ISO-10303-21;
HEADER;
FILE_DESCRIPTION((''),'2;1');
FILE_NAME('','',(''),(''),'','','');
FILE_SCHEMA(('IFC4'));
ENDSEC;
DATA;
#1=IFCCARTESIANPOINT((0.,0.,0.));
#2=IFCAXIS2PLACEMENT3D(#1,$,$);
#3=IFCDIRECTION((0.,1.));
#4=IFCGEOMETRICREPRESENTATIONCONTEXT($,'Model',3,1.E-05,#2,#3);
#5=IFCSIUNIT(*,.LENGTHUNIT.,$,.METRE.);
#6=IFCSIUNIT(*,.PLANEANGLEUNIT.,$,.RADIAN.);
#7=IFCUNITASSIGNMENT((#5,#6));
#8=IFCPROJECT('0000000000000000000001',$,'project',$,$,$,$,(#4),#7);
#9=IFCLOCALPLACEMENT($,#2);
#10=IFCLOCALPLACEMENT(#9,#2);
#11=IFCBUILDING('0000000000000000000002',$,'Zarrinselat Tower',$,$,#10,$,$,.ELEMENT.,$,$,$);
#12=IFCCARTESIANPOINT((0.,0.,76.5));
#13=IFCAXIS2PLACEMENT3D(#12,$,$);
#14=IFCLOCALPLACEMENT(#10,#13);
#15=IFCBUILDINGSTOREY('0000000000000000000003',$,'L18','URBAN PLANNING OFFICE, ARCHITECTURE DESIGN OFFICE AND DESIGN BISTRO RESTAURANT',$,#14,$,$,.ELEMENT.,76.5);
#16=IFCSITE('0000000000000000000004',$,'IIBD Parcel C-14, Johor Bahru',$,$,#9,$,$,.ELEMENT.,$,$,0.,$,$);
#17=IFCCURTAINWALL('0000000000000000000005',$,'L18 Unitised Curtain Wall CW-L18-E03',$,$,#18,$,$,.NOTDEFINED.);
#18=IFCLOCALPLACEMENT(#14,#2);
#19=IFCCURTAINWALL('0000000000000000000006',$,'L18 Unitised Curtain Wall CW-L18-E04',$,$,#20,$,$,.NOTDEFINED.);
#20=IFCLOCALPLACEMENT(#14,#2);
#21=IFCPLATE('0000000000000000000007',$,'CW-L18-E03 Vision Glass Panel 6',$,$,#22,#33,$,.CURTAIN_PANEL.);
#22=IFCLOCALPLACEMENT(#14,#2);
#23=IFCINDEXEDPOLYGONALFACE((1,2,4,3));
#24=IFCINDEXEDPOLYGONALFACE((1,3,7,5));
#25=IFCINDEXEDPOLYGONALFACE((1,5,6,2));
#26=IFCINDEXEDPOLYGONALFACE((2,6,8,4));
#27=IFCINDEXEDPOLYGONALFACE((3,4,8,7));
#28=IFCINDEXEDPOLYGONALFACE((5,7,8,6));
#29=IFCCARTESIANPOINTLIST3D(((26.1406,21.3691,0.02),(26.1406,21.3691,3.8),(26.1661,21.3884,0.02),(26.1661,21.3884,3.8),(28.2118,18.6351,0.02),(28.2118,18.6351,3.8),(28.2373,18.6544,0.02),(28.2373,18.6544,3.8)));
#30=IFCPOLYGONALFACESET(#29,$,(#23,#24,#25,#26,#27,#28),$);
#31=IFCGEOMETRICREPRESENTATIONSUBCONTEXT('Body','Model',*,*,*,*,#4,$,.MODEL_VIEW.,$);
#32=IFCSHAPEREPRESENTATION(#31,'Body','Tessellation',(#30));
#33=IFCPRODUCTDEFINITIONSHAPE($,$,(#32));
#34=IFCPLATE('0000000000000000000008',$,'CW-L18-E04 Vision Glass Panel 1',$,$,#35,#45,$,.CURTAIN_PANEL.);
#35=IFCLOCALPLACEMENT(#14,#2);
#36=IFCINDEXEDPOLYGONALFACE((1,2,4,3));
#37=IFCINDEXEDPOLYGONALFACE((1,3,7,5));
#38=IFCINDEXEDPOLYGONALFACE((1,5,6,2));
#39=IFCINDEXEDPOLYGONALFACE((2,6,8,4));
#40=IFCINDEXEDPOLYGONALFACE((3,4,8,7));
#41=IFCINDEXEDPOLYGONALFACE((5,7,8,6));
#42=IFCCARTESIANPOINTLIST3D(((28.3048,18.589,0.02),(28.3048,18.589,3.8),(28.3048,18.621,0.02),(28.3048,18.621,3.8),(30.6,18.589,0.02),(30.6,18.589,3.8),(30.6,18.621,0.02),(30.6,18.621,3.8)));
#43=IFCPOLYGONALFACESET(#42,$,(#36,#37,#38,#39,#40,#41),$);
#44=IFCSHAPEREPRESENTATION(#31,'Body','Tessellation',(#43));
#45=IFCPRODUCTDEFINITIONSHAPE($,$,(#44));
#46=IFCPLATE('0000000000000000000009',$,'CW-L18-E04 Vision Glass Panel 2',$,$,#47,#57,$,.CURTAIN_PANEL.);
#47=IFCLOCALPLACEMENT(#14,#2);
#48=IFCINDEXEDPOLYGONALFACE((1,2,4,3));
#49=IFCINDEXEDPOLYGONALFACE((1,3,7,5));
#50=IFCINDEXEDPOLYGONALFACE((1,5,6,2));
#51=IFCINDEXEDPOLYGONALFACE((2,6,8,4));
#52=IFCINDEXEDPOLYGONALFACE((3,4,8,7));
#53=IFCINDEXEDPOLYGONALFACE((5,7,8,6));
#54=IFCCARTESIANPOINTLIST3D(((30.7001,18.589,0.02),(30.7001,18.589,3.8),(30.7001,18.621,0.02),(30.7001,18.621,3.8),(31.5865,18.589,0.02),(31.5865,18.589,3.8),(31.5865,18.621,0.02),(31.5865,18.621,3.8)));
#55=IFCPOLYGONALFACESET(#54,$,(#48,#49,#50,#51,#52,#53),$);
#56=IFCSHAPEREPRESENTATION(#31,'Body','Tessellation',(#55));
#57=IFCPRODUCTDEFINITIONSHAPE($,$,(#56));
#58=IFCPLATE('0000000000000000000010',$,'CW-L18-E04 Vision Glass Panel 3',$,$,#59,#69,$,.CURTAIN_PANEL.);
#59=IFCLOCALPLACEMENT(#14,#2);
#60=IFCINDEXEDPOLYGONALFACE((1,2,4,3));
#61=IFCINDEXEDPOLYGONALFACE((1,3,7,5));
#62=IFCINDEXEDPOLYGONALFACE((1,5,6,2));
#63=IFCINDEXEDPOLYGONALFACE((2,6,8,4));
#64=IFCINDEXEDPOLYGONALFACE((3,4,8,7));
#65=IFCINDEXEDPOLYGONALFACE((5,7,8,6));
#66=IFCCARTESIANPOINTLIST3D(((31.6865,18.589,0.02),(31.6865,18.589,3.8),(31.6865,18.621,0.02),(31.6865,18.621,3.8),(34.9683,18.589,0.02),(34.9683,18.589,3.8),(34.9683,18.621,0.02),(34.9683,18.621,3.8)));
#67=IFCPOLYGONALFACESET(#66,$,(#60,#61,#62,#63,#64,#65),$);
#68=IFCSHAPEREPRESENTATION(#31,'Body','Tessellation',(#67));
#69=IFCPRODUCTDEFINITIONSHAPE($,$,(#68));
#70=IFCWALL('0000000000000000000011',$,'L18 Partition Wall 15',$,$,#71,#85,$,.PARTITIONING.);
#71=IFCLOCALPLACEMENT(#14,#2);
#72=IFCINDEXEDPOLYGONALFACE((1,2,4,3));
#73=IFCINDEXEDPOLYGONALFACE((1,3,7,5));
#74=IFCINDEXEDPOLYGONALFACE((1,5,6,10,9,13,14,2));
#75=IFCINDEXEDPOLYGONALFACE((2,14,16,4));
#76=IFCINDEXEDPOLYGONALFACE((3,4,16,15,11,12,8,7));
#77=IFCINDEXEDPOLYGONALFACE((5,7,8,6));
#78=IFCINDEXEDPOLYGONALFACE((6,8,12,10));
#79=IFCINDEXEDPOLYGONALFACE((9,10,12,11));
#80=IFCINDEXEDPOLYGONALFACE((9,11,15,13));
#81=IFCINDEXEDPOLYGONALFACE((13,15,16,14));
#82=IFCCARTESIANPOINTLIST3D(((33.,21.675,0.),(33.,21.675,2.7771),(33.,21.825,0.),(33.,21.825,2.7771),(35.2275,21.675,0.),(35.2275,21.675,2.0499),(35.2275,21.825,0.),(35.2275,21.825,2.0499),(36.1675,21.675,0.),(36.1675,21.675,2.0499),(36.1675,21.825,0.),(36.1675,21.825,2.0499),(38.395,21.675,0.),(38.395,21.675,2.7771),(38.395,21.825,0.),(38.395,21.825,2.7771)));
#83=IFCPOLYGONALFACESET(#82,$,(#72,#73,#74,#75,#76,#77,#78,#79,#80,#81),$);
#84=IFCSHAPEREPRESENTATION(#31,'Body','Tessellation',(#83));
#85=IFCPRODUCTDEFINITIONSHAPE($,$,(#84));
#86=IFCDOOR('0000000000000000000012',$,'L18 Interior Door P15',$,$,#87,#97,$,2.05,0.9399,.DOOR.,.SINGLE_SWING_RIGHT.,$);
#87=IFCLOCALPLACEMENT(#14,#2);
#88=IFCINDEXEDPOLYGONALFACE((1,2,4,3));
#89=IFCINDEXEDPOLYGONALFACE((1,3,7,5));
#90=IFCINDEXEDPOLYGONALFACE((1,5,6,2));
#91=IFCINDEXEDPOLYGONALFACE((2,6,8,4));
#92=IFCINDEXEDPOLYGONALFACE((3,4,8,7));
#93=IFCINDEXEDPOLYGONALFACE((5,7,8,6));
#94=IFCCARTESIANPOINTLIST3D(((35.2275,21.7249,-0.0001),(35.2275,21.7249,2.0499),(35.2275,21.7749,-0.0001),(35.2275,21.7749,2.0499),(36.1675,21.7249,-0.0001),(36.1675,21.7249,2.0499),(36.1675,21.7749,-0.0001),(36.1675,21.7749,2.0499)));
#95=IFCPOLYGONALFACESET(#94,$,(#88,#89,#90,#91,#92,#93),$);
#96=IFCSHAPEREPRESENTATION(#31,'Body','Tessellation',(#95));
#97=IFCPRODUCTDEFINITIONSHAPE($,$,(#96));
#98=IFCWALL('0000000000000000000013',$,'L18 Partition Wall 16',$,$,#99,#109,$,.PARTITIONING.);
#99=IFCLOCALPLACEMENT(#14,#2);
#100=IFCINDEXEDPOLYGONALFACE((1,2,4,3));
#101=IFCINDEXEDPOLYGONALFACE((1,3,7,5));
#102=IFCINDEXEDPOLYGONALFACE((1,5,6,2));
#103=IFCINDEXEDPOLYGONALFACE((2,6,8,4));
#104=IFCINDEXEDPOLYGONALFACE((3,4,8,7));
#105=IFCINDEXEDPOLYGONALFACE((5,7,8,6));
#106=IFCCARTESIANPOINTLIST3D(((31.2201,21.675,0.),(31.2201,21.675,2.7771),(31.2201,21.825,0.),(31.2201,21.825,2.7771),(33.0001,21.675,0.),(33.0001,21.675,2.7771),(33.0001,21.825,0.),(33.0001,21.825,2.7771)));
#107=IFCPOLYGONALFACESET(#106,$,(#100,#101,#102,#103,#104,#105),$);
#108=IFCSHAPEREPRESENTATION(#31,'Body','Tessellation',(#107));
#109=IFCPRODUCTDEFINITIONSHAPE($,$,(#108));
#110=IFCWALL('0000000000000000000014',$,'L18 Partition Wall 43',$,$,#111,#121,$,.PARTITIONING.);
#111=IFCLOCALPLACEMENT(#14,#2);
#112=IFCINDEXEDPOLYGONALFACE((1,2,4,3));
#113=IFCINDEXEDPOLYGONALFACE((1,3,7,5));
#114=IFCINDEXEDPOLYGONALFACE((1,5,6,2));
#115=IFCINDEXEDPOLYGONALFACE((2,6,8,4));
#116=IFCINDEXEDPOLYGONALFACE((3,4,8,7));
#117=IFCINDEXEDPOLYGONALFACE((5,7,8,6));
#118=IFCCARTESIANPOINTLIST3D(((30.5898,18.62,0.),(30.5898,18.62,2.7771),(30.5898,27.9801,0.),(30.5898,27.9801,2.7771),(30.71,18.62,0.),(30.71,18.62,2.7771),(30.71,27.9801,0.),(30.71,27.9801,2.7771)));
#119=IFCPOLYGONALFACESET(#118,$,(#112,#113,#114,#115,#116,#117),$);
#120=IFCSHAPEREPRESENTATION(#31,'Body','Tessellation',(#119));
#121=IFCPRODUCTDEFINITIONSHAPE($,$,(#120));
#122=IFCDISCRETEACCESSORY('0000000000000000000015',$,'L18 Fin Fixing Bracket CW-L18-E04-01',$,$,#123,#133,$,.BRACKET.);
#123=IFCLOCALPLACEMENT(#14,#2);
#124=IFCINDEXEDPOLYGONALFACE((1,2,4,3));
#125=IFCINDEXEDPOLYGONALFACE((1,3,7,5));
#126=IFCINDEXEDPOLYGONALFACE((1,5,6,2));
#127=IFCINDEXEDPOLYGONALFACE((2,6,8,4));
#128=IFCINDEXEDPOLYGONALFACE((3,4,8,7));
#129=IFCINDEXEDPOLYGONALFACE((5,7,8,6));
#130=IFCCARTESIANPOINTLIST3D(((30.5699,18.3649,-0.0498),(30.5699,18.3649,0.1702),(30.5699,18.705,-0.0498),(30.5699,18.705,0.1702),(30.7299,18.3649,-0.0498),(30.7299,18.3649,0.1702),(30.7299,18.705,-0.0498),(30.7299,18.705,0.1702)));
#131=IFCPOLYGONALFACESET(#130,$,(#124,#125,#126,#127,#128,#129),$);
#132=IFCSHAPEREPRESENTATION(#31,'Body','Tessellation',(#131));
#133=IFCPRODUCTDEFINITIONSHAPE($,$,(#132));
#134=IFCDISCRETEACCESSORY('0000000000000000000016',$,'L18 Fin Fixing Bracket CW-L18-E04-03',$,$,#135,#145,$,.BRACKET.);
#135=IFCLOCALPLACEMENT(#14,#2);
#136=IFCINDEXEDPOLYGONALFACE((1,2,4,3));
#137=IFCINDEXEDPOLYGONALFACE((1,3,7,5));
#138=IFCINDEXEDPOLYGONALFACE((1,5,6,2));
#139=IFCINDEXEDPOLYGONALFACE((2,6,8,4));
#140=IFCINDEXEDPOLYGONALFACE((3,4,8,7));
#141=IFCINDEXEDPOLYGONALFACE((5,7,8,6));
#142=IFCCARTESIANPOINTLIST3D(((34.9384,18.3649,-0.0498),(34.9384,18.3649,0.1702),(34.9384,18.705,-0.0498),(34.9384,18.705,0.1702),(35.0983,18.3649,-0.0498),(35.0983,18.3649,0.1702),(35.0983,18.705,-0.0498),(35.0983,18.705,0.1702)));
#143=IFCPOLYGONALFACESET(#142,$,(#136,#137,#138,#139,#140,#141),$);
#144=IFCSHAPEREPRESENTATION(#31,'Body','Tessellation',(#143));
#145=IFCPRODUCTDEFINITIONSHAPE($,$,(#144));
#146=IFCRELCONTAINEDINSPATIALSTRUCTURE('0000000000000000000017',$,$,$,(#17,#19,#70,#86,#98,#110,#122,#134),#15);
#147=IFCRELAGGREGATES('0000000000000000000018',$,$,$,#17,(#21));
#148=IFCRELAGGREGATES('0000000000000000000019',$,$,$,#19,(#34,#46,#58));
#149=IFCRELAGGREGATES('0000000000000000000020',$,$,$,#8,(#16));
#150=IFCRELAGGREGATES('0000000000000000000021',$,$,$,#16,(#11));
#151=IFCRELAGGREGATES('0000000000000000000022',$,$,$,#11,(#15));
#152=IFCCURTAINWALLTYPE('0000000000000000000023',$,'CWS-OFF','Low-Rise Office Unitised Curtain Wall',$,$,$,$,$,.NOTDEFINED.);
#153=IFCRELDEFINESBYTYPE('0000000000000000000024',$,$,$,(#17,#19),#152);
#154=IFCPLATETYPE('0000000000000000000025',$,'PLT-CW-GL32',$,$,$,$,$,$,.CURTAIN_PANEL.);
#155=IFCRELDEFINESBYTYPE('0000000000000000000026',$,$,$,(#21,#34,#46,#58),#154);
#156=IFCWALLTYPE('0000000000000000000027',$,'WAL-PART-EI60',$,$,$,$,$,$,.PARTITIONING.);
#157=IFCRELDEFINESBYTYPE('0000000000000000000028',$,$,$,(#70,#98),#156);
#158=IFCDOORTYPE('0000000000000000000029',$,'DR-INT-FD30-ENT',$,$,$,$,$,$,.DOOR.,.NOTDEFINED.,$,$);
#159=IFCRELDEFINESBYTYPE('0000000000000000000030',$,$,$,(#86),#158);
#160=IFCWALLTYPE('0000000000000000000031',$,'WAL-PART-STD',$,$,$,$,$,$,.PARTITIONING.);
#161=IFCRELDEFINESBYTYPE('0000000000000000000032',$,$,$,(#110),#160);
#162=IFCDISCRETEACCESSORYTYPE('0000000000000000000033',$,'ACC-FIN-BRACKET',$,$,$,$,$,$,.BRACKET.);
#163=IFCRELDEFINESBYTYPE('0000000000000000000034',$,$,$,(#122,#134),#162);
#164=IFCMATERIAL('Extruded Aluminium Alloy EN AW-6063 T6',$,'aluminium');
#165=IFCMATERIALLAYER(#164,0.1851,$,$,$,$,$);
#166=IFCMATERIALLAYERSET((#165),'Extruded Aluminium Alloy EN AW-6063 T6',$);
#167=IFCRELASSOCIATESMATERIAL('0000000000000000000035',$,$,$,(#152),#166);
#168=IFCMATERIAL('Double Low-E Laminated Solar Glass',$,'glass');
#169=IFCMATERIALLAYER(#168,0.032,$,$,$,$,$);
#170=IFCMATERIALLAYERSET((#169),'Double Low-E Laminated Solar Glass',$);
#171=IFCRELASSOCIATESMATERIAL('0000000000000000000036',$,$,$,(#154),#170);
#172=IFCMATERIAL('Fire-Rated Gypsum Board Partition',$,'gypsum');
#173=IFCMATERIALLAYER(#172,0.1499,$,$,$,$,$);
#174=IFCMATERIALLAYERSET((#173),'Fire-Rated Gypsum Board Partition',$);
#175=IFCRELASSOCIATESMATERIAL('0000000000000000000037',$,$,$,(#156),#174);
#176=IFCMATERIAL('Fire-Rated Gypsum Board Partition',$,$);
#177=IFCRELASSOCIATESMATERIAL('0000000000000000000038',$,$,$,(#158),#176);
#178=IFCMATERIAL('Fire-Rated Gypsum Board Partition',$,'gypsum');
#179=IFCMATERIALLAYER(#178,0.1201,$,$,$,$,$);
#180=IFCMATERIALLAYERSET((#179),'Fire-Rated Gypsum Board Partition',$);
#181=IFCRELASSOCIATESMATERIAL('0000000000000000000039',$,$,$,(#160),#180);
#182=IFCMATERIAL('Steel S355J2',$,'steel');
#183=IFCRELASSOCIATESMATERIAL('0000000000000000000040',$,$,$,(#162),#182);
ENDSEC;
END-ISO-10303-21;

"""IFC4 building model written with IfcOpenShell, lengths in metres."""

from ifc_helpers import new_model, si_unit, direction, frame, frame_2d, origin, origin_2d, place, context, subcontext, project, spatial, rectangle, extrude, material, layer, layer_set, type_object, element, fill, aggregate, save


model = new_model("IFC4")

# Units and contexts
model_context = context("Model", 3, precision=1e-05, world=origin(), true_north=direction((0.0, 1.0)))
body_context = subcontext(model_context, "Body", "Model", "MODEL_VIEW")
ifc_project = project(units=[si_unit("LENGTHUNIT", "METRE"), si_unit("PLANEANGLEUNIT", "RADIAN")], contexts=[model_context])

# Site, building, storey
site_placement = place(None, origin())
site = spatial("IfcSite", under=ifc_project, at=site_placement, Name="IIBD Parcel C-14, Johor Bahru", CompositionType="ELEMENT", RefElevation=0.0)
building_placement = place(site_placement, origin())
building = spatial("IfcBuilding", under=site, at=building_placement, Name="Zarrinselat Tower", CompositionType="ELEMENT")
storey_placement = place(building_placement, frame((0.0, 0.0, 76.5)))
storey = spatial("IfcBuildingStorey", under=building, at=storey_placement, Name="L18", Description="URBAN PLANNING OFFICE, ARCHITECTURE DESIGN OFFICE AND DESIGN BISTRO RESTAURANT", CompositionType="ELEMENT", Elevation=76.5)

# Curtain wall
ifc_material_1 = material(Name="Extruded Aluminium Alloy EN AW-6063 T6", Category="aluminium")
ifc_layer_1 = layer(ifc_material_1, 0.1851)
ifc_layer_set_1 = layer_set([ifc_layer_1], Name="Extruded Aluminium Alloy EN AW-6063 T6")
curtain_wall_type = type_object("IfcCurtainWallType", Name="CWS-OFF", Description="Low-Rise Office Unitised Curtain Wall", PredefinedType="NOTDEFINED", material=ifc_layer_set_1)
curtain_wall_1_placement = place(storey_placement, origin())
curtain_wall_1 = element("IfcCurtainWall", 1, at=curtain_wall_1_placement, inside=storey, type_object=curtain_wall_type, Name="L18 Unitised Curtain Wall CW-L18-E03", PredefinedType="NOTDEFINED")

# Curtain wall
curtain_wall_2_placement = place(storey_placement, origin())
curtain_wall_2 = element("IfcCurtainWall", 2, at=curtain_wall_2_placement, inside=storey, type_object=curtain_wall_type, Name="L18 Unitised Curtain Wall CW-L18-E04", PredefinedType="NOTDEFINED")

# Plates
ifc_material_2 = material(Name="Double Low-E Laminated Solar Glass", Category="glass")
ifc_layer_2 = layer(ifc_material_2, 0.032)
ifc_layer_set_2 = layer_set([ifc_layer_2], Name="Double Low-E Laminated Solar Glass")
plate_type = type_object("IfcPlateType", Name="PLT-CW-GL32", PredefinedType="CURTAIN_PANEL", material=ifc_layer_set_2)
plate_1_placement = place(storey_placement, frame((27.189, 20.0117, 0.02), z_axis=(0.0, 0.0, 1.0), x_axis=(0.603855, -0.797094, 0.0)))
plate_1 = element("IfcPlate", 3, at=plate_1_placement, type_object=plate_type, Name="CW-L18-E03 Vision Glass Panel 6", PredefinedType="CURTAIN_PANEL", context=body_context, shape_type="SweptSolid", body=[
    extrude(rectangle(XDim=3.4299, YDim=0.032, at=origin_2d()), origin(), (0.0, 0.0, 1.0), 3.78),
])
aggregate(curtain_wall_1, [plate_1])
plate_2_placement = place(storey_placement, frame((29.4524, 18.605, 0.02), z_axis=(0.0, 0.0, 1.0), x_axis=(1.0, 0.0, 0.0)))
plate_2 = element("IfcPlate", 4, at=plate_2_placement, type_object=plate_type, Name="CW-L18-E04 Vision Glass Panel 1", PredefinedType="CURTAIN_PANEL", context=body_context, shape_type="SweptSolid", body=[
    extrude(rectangle(XDim=2.2952, YDim=0.032, at=origin_2d()), origin(), (0.0, 0.0, 1.0), 3.78),
])
plate_3_placement = place(storey_placement, frame((31.1433, 18.605, 0.02), z_axis=(0.0, 0.0, 1.0), x_axis=(1.0, 0.0, 0.0)))
plate_3 = element("IfcPlate", 5, at=plate_3_placement, type_object=plate_type, Name="CW-L18-E04 Vision Glass Panel 2", PredefinedType="CURTAIN_PANEL", context=body_context, shape_type="SweptSolid", body=[
    extrude(rectangle(XDim=0.8865, YDim=0.032, at=origin_2d()), origin(), (0.0, 0.0, 1.0), 3.78),
])
plate_4_placement = place(storey_placement, frame((33.3274, 18.605, 0.02), z_axis=(0.0, 0.0, 1.0), x_axis=(1.0, 0.0, 0.0)))
plate_4 = element("IfcPlate", 6, at=plate_4_placement, type_object=plate_type, Name="CW-L18-E04 Vision Glass Panel 3", PredefinedType="CURTAIN_PANEL", context=body_context, shape_type="SweptSolid", body=[
    extrude(rectangle(XDim=3.2817, YDim=0.032, at=origin_2d()), origin(), (0.0, 0.0, 1.0), 3.78),
])
aggregate(curtain_wall_2, [plate_2, plate_3, plate_4])

# Wall, opening, door
ifc_material_3 = material(Name="Fire-Rated Gypsum Board Partition", Category="gypsum")
ifc_layer_3 = layer(ifc_material_3, 0.1499)
ifc_layer_set_3 = layer_set([ifc_layer_3], Name="Fire-Rated Gypsum Board Partition")
wall_type_1 = type_object("IfcWallType", Name="WAL-PART-EI60", PredefinedType="PARTITIONING", material=ifc_layer_set_3)
wall_1_placement = place(storey_placement, frame((33.0, 21.75, 0.0), z_axis=(0.0, 0.0, 1.0), x_axis=(1.0, 0.0, 0.0)))
wall_1 = element("IfcWall", 7, at=wall_1_placement, inside=storey, type_object=wall_type_1, Name="L18 Partition Wall 15", PredefinedType="PARTITIONING", context=body_context, shape_type="SweptSolid", body=[
    extrude(rectangle(XDim=5.395, YDim=0.1499, at=frame_2d((2.6975, 0.0))), origin(), (0.0, 0.0, 1.0), 2.7771),
])
opening_placement = place(wall_1_placement, frame((2.2275, 0.0, 0.0)))
opening = element("IfcOpeningElement", 8, at=opening_placement, cuts=wall_1, PredefinedType="OPENING", context=body_context, shape_type="SweptSolid", body=[
    extrude(rectangle(XDim=0.9399, YDim=2.05, at=frame_2d((0.47, 1.0249))), frame((0.0, 0.085, 0.0), z_axis=(0.0, -1.0, 0.0), x_axis=(1.0, 0.0, 0.0)), (0.0, 0.0, 1.0), 0.1699),
])
ifc_material_4 = material(Name="Fire-Rated Gypsum Board Partition")
door_type = type_object("IfcDoorType", Name="DR-INT-FD30-ENT", OperationType="NOTDEFINED", PredefinedType="DOOR", material=ifc_material_4)
door_placement = place(opening_placement, origin())
door = element("IfcDoor", 9, at=door_placement, inside=storey, type_object=door_type, Name="L18 Interior Door P15", OperationType="SINGLE_SWING_RIGHT", OverallHeight=2.05, OverallWidth=0.9399, PredefinedType="DOOR", context=body_context, shape_type="SweptSolid", body=[
    extrude(rectangle(XDim=0.9399, YDim=2.05, at=frame_2d((0.47, 1.0249))), frame((0.0, 0.0249, 0.0), z_axis=(0.0, -1.0, 0.0), x_axis=(1.0, 0.0, 0.0)), (0.0, 0.0, 1.0), 0.05),
])
fill(opening, door)

# Walls
wall_2_placement = place(storey_placement, frame((31.22, 21.75, 0.0), z_axis=(0.0, 0.0, 1.0), x_axis=(1.0, 0.0, 0.0)))
element("IfcWall", 10, at=wall_2_placement, inside=storey, type_object=wall_type_1, Name="L18 Partition Wall 16", PredefinedType="PARTITIONING", context=body_context, shape_type="SweptSolid", body=[
    extrude(rectangle(XDim=1.78, YDim=0.1499, at=frame_2d((0.8901, 0.0))), origin(), (0.0, 0.0, 1.0), 2.7771),
])
ifc_material_5 = material(Name="Fire-Rated Gypsum Board Partition", Category="gypsum")
ifc_layer_4 = layer(ifc_material_5, 0.1201)
ifc_layer_set_4 = layer_set([ifc_layer_4], Name="Fire-Rated Gypsum Board Partition")
wall_type_2 = type_object("IfcWallType", Name="WAL-PART-STD", PredefinedType="PARTITIONING", material=ifc_layer_set_4)
wall_3_placement = place(storey_placement, frame((30.6499, 18.6199, 0.0), z_axis=(0.0, 0.0, 1.0), x_axis=(0.0, 1.0, 0.0)))
element("IfcWall", 11, at=wall_3_placement, inside=storey, type_object=wall_type_2, Name="L18 Partition Wall 43", PredefinedType="PARTITIONING", context=body_context, shape_type="SweptSolid", body=[
    extrude(rectangle(XDim=9.3601, YDim=0.1201, at=frame_2d((4.6802, 0.0))), origin(), (0.0, 0.0, 1.0), 2.7771),
])

# Discrete accessories
ifc_material_6 = material(Name="Steel S355J2", Category="steel")
discrete_accessory_type = type_object("IfcDiscreteAccessoryType", Name="ACC-FIN-BRACKET", PredefinedType="BRACKET", material=ifc_material_6)
for number, where, z_axis, x_axis, name in (
    (12, (30.6499, 18.5349, -0.0498), (0.0, 0.0, 1.0), (0.0, -1.0, 0.0), "L18 Fin Fixing Bracket CW-L18-E04-01"),
    (13, (35.0183, 18.5349, -0.0498), (0.0, 0.0, 1.0), (0.0, -1.0, 0.0), "L18 Fin Fixing Bracket CW-L18-E04-03"),
):
    element("IfcDiscreteAccessory", number, at=place(storey_placement, frame(where, z_axis=z_axis, x_axis=x_axis)), inside=storey, type_object=discrete_accessory_type, Name=name, PredefinedType="BRACKET", context=body_context, shape_type="SweptSolid", body=[
        extrude(rectangle(XDim=0.3401, YDim=0.1599, at=origin_2d()), origin(), (0.0, 0.0, 1.0), 0.22),
    ])

save(model, "model.ifc")
